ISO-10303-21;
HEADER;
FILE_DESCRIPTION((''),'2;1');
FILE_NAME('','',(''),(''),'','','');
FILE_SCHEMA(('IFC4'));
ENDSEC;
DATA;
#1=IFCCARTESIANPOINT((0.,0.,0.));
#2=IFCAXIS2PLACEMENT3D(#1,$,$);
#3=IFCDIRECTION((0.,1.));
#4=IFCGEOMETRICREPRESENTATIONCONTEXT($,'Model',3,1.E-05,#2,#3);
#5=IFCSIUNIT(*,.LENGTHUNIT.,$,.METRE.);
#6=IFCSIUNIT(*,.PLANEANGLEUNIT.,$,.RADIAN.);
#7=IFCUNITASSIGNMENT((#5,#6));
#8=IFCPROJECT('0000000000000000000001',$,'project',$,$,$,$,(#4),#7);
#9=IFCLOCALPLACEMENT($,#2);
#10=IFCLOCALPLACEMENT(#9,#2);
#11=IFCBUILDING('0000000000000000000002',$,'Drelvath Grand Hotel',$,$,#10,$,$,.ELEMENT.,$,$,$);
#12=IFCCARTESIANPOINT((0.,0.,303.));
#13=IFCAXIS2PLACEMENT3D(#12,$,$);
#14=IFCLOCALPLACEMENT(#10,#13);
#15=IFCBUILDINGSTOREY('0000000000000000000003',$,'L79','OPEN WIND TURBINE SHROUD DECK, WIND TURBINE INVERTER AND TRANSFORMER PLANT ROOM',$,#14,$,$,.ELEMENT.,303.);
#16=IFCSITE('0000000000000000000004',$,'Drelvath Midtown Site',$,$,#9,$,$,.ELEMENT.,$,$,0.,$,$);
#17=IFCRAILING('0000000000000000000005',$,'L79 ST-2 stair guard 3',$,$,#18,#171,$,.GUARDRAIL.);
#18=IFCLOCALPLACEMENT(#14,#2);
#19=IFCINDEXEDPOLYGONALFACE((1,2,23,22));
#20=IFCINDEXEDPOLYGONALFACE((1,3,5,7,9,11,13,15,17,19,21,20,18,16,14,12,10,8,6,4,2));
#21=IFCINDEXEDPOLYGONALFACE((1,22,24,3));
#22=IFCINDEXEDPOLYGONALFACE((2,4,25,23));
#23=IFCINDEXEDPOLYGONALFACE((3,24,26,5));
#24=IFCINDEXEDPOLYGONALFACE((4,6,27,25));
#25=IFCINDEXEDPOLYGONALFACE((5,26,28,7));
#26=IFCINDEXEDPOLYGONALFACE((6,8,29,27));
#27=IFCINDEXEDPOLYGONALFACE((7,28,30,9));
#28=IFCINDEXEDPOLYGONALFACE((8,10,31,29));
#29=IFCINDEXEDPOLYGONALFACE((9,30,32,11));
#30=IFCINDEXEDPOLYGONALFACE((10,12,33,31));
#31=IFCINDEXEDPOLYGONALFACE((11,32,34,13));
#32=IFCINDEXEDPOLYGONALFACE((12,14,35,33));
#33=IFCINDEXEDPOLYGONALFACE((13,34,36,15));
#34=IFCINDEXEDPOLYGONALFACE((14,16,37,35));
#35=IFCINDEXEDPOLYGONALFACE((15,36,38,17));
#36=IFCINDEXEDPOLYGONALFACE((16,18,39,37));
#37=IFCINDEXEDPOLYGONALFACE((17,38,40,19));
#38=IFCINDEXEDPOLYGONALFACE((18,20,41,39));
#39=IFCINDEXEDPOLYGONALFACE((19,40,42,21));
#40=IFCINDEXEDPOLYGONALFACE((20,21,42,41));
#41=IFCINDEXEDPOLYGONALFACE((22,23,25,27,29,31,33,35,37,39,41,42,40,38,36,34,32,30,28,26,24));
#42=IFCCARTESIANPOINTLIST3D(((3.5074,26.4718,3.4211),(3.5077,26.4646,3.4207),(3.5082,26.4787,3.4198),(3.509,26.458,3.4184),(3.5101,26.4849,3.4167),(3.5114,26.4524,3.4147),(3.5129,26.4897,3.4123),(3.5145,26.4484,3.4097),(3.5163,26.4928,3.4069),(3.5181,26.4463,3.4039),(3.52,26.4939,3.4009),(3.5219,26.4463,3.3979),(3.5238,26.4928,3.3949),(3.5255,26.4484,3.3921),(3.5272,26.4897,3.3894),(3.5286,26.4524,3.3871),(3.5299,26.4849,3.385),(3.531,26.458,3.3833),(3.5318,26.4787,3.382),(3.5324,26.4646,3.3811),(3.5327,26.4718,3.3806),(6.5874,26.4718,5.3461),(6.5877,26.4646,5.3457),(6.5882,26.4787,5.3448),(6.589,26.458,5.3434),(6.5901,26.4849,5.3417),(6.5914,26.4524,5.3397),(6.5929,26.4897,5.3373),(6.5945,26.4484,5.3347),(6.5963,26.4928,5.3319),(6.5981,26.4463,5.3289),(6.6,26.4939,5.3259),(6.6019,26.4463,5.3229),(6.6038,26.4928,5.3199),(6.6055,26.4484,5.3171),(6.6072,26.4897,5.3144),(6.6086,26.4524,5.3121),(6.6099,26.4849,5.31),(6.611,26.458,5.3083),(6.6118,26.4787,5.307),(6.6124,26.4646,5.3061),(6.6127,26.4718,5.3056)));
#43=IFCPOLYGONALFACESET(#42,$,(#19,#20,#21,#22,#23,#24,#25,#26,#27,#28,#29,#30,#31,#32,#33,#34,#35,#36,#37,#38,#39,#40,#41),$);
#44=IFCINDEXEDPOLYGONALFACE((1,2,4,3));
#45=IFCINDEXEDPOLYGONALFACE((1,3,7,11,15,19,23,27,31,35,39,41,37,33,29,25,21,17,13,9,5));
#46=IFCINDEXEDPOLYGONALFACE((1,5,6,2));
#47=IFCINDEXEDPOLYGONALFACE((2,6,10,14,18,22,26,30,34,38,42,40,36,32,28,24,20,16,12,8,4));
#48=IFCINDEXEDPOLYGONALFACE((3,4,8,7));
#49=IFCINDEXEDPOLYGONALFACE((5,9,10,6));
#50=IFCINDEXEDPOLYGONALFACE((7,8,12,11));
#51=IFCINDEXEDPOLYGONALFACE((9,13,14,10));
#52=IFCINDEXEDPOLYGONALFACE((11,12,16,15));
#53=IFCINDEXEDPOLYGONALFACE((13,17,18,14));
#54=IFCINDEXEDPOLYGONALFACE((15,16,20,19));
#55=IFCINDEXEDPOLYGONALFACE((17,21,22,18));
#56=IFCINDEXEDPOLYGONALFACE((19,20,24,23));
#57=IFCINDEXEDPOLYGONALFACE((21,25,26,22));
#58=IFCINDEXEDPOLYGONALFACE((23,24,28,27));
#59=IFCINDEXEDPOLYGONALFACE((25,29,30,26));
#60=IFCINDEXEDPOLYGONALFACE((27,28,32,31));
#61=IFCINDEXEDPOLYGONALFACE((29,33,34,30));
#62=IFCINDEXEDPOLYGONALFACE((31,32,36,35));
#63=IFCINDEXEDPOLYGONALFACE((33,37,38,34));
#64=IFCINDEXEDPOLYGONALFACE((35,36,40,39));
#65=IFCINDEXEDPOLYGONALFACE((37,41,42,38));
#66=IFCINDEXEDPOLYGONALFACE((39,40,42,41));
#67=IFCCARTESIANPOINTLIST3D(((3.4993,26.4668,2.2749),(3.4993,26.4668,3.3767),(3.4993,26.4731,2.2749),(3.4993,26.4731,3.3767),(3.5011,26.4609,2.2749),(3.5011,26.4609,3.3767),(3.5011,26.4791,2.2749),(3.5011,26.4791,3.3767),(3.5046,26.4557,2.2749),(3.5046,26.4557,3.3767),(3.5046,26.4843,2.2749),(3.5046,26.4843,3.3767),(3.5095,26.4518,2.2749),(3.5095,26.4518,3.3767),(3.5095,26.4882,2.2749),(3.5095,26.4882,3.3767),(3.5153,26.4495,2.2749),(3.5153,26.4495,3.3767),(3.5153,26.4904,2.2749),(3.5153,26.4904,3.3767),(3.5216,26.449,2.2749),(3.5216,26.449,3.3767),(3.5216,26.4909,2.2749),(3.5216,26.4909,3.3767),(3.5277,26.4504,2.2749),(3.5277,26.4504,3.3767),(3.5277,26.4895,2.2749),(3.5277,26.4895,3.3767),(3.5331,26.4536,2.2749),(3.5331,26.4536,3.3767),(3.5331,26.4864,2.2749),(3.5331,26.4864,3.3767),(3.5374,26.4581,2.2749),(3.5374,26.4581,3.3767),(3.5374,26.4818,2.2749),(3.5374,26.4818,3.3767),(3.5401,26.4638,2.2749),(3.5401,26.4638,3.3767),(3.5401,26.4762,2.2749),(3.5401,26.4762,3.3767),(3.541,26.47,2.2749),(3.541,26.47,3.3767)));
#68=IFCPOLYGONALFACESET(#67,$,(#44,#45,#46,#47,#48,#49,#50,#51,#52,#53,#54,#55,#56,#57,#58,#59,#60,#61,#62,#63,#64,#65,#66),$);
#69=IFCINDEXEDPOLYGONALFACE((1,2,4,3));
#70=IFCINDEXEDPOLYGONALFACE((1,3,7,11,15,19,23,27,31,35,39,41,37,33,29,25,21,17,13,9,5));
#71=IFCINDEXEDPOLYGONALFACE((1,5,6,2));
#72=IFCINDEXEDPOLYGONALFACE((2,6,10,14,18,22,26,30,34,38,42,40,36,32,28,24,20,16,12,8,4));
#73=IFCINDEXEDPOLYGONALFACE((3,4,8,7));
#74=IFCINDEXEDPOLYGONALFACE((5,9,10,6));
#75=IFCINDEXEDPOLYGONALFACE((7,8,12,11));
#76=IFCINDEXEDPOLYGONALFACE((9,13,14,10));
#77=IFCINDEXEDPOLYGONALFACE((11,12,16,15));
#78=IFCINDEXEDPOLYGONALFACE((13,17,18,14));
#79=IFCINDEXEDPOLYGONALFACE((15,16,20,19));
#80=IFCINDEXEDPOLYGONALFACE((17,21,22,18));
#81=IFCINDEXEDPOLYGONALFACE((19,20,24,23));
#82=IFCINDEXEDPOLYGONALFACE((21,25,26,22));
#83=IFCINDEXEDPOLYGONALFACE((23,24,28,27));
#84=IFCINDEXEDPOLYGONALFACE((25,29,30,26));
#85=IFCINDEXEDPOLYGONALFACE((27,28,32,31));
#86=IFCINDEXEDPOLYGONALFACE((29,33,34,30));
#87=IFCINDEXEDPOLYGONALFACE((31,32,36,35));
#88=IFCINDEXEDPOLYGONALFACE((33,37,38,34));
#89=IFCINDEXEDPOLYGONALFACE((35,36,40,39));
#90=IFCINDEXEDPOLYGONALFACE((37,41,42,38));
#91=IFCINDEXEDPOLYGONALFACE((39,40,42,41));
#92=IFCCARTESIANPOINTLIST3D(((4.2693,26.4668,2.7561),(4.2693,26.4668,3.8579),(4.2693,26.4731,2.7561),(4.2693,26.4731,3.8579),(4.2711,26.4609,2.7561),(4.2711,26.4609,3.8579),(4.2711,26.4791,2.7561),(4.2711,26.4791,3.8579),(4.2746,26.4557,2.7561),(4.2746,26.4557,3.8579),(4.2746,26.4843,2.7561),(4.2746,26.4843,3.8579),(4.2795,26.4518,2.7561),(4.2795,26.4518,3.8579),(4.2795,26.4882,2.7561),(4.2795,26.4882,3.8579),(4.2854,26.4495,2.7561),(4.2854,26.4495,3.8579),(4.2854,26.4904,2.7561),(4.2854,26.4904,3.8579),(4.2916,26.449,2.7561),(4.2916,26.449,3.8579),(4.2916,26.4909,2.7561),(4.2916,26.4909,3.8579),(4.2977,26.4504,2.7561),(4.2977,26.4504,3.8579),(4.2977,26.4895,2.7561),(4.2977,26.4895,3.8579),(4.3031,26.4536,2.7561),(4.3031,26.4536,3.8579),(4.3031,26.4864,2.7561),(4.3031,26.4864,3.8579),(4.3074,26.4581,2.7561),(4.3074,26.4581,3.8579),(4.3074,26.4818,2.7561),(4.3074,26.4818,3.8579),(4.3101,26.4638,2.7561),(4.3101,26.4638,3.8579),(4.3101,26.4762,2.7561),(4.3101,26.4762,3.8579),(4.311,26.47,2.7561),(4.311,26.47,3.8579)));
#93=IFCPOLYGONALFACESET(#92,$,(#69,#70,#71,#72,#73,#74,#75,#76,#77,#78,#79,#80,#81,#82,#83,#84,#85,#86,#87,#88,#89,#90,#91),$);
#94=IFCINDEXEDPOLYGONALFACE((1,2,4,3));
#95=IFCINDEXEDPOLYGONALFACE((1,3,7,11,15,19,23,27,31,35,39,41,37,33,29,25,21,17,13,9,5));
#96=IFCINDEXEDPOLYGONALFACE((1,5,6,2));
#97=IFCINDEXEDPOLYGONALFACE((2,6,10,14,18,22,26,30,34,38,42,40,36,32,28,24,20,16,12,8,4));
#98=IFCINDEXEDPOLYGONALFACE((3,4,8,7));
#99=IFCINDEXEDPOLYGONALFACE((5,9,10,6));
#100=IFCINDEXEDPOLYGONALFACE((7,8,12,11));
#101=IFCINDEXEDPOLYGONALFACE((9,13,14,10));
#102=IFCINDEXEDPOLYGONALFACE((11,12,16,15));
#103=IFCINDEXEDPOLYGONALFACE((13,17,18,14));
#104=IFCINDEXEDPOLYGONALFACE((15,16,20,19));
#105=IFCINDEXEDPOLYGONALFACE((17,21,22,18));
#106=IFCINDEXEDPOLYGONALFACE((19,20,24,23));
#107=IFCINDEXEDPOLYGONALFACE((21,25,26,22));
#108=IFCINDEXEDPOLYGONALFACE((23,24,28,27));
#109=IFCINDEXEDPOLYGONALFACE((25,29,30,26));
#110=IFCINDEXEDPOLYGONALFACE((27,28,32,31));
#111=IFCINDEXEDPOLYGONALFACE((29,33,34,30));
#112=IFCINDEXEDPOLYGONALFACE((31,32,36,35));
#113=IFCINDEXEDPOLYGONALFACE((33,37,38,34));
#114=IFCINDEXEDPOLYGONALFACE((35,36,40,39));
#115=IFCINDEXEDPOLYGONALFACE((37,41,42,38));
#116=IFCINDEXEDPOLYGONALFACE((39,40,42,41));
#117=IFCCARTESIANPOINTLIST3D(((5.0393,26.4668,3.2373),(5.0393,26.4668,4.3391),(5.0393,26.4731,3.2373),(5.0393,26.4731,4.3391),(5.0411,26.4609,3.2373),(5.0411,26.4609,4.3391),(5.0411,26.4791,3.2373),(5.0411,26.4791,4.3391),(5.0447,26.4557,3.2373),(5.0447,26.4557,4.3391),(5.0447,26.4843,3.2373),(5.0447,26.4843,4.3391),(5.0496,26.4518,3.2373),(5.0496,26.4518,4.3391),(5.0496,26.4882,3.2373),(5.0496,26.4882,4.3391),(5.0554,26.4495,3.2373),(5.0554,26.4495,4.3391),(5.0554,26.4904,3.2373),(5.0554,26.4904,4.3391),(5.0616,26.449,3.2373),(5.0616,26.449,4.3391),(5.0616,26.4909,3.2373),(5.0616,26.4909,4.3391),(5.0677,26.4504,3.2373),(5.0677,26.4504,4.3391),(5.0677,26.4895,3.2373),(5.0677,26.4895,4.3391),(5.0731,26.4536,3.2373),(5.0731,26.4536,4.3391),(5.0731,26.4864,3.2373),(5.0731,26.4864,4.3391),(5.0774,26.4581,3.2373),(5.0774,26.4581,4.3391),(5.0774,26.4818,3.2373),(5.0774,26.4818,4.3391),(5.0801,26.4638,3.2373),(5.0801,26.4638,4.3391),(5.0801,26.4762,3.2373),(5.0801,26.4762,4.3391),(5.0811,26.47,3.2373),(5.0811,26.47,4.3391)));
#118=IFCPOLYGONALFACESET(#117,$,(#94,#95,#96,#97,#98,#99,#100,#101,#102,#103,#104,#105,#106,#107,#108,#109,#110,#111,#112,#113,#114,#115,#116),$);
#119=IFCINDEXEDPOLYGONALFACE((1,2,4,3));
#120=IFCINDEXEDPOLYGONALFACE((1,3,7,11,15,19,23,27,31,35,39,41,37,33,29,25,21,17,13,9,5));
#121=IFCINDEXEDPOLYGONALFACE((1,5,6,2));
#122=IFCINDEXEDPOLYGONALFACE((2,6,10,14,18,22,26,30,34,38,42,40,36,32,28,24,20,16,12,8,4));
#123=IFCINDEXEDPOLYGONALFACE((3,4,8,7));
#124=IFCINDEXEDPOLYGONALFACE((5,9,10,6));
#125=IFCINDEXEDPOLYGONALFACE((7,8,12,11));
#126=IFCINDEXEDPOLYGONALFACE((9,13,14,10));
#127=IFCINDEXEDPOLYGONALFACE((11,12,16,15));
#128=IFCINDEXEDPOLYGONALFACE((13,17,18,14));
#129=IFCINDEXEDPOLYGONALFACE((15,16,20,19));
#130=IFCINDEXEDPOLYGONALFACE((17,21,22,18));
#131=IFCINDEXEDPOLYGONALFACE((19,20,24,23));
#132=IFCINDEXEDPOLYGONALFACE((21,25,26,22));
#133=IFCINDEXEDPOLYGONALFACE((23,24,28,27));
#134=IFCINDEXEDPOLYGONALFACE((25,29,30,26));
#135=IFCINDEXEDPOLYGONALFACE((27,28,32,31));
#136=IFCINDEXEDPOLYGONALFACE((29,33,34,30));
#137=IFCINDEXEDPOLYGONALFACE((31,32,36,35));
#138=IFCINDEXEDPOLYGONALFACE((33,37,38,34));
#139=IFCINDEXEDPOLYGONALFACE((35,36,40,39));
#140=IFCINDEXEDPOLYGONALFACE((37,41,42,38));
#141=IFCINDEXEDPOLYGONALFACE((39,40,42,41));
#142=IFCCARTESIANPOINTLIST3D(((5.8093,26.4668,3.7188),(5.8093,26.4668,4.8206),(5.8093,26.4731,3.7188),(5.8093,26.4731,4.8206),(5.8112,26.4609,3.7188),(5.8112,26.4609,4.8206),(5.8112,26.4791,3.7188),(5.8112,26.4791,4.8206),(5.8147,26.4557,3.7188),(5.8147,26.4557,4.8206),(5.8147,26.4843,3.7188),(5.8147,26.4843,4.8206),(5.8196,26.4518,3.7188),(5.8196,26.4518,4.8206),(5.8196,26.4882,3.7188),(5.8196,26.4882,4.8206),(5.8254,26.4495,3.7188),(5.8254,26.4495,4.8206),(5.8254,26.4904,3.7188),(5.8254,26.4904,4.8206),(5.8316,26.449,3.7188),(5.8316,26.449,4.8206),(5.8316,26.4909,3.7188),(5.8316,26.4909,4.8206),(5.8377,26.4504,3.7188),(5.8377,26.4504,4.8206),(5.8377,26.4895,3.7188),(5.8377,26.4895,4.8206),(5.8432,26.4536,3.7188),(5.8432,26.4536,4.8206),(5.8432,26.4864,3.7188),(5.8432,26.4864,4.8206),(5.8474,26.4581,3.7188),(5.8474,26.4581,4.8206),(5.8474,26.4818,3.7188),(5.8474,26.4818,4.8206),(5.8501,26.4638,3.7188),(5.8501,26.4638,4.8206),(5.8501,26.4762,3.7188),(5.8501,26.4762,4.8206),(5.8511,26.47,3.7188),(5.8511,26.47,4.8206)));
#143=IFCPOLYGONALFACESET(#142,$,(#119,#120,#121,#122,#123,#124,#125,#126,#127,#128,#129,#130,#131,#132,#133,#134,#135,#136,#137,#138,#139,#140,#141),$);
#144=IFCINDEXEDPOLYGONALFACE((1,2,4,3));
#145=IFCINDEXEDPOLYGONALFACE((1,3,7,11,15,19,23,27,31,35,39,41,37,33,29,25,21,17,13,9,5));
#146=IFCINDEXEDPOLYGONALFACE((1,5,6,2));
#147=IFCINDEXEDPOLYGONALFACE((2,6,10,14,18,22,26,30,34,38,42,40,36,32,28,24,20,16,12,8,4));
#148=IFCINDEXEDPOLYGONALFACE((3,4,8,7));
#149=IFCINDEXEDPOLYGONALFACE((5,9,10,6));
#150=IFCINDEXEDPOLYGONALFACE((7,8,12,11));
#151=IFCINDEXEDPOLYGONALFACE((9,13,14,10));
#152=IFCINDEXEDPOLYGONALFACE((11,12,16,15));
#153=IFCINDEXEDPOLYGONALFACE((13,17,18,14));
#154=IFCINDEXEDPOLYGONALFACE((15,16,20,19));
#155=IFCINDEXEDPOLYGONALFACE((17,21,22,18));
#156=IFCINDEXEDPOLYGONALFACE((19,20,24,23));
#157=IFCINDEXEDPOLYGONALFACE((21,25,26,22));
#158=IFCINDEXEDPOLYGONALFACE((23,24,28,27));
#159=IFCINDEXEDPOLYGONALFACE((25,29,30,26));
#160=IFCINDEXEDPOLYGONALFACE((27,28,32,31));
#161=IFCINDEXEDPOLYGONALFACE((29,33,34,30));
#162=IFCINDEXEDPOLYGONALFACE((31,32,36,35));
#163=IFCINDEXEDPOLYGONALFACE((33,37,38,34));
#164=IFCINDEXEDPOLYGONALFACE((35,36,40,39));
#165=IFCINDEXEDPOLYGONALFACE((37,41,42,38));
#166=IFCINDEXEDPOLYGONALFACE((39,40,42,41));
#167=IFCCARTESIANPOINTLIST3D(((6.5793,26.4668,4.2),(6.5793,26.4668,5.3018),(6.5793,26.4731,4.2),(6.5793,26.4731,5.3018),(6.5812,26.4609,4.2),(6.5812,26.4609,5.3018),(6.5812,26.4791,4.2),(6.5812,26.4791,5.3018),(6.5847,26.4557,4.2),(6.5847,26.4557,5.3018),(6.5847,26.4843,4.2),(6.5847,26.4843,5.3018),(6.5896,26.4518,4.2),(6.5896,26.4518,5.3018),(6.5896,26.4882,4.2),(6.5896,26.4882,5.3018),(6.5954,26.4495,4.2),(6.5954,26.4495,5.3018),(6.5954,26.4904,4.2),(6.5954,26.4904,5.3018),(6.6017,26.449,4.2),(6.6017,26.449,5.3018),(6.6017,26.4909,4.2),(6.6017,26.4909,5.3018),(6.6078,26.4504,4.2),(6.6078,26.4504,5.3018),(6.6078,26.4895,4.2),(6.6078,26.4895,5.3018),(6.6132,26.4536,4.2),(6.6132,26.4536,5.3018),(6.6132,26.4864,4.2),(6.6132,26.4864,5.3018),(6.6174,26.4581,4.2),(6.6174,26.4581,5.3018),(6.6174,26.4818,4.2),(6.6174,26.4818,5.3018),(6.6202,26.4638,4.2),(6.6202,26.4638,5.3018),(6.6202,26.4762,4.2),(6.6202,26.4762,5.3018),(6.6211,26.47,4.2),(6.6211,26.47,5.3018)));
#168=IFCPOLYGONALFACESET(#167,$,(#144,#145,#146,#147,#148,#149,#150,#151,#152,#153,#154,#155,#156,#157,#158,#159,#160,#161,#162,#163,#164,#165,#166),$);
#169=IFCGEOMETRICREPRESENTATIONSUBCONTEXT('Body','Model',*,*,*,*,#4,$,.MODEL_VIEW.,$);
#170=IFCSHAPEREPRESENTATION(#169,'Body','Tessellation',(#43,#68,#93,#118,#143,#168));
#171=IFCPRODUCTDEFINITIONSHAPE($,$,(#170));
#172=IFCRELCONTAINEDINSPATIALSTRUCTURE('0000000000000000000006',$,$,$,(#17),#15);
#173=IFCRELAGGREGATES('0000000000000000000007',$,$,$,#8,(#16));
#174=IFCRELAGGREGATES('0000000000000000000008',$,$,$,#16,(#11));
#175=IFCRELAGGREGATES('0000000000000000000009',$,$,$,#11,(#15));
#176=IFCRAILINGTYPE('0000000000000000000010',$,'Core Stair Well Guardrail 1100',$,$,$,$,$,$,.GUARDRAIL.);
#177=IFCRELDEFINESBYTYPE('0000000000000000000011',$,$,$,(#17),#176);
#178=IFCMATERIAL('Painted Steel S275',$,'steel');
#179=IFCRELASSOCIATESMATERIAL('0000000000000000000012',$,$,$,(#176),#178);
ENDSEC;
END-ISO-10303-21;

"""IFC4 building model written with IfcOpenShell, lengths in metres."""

from ifc_helpers import new_model, si_unit, direction, frame, origin, origin_2d, place, context, subcontext, project, spatial, circle, extrude, material, type_object, element, save


model = new_model("IFC4")

# Units and contexts
model_context = context("Model", 3, precision=1e-05, world=origin(), true_north=direction((0.0, 1.0)))
body_context = subcontext(model_context, "Body", "Model", "MODEL_VIEW")
ifc_project = project(units=[si_unit("LENGTHUNIT", "METRE"), si_unit("PLANEANGLEUNIT", "RADIAN")], contexts=[model_context])

# Site, building, storey
site_placement = place(None, origin())
site = spatial("IfcSite", under=ifc_project, at=site_placement, Name="Drelvath Midtown Site", CompositionType="ELEMENT", RefElevation=0.0)
building_placement = place(site_placement, origin())
building = spatial("IfcBuilding", under=site, at=building_placement, Name="Drelvath Grand Hotel", CompositionType="ELEMENT")
storey_placement = place(building_placement, frame((0.0, 0.0, 303.0)))
storey = spatial("IfcBuildingStorey", under=building, at=storey_placement, Name="L79", Description="OPEN WIND TURBINE SHROUD DECK, WIND TURBINE INVERTER AND TRANSFORMER PLANT ROOM", CompositionType="ELEMENT", Elevation=303.0)

# Shared definitions
ifc_material_1 = material(Name="Painted Steel S275", Category="steel")

# Railing
railing_type_1 = type_object("IfcRailingType", Name="Core Stair Well Guardrail 1100", PredefinedType="GUARDRAIL", material=ifc_material_1)
railing_1_placement = place(storey_placement, frame((3.52, 26.47, 2.2749)))
element("IfcRailing", 1, at=railing_1_placement, inside=storey, type_object=railing_type_1, Name="L79 ST-2 stair guard 3", PredefinedType="GUARDRAIL", context=body_context, shape_type="SweptSolid", body=[
    extrude(circle(Radius=0.0239, at=origin_2d()), frame((0.0, 0.0, 1.126), z_axis=(0.847998, 0.0, 0.529999), x_axis=(0.0, 1.0, 0.0)), (0.0, 0.0, 1.0), 3.6321),
    extrude(circle(Radius=0.021, at=origin_2d()), origin(), (0.0, 0.0, 1.0), 1.1018),
    extrude(circle(Radius=0.021, at=origin_2d()), frame((0.77, 0.0, 0.4812)), (0.0, 0.0, 1.0), 1.1018),
    extrude(circle(Radius=0.021, at=origin_2d()), frame((1.54, 0.0, 0.9624)), (0.0, 0.0, 1.0), 1.1018),
    extrude(circle(Radius=0.021, at=origin_2d()), frame((2.3101, 0.0, 1.4438)), (0.0, 0.0, 1.0), 1.1018),
    extrude(circle(Radius=0.021, at=origin_2d()), frame((3.0801, 0.0, 1.925)), (0.0, 0.0, 1.0), 1.1018),
])

save(model, "model.ifc")
